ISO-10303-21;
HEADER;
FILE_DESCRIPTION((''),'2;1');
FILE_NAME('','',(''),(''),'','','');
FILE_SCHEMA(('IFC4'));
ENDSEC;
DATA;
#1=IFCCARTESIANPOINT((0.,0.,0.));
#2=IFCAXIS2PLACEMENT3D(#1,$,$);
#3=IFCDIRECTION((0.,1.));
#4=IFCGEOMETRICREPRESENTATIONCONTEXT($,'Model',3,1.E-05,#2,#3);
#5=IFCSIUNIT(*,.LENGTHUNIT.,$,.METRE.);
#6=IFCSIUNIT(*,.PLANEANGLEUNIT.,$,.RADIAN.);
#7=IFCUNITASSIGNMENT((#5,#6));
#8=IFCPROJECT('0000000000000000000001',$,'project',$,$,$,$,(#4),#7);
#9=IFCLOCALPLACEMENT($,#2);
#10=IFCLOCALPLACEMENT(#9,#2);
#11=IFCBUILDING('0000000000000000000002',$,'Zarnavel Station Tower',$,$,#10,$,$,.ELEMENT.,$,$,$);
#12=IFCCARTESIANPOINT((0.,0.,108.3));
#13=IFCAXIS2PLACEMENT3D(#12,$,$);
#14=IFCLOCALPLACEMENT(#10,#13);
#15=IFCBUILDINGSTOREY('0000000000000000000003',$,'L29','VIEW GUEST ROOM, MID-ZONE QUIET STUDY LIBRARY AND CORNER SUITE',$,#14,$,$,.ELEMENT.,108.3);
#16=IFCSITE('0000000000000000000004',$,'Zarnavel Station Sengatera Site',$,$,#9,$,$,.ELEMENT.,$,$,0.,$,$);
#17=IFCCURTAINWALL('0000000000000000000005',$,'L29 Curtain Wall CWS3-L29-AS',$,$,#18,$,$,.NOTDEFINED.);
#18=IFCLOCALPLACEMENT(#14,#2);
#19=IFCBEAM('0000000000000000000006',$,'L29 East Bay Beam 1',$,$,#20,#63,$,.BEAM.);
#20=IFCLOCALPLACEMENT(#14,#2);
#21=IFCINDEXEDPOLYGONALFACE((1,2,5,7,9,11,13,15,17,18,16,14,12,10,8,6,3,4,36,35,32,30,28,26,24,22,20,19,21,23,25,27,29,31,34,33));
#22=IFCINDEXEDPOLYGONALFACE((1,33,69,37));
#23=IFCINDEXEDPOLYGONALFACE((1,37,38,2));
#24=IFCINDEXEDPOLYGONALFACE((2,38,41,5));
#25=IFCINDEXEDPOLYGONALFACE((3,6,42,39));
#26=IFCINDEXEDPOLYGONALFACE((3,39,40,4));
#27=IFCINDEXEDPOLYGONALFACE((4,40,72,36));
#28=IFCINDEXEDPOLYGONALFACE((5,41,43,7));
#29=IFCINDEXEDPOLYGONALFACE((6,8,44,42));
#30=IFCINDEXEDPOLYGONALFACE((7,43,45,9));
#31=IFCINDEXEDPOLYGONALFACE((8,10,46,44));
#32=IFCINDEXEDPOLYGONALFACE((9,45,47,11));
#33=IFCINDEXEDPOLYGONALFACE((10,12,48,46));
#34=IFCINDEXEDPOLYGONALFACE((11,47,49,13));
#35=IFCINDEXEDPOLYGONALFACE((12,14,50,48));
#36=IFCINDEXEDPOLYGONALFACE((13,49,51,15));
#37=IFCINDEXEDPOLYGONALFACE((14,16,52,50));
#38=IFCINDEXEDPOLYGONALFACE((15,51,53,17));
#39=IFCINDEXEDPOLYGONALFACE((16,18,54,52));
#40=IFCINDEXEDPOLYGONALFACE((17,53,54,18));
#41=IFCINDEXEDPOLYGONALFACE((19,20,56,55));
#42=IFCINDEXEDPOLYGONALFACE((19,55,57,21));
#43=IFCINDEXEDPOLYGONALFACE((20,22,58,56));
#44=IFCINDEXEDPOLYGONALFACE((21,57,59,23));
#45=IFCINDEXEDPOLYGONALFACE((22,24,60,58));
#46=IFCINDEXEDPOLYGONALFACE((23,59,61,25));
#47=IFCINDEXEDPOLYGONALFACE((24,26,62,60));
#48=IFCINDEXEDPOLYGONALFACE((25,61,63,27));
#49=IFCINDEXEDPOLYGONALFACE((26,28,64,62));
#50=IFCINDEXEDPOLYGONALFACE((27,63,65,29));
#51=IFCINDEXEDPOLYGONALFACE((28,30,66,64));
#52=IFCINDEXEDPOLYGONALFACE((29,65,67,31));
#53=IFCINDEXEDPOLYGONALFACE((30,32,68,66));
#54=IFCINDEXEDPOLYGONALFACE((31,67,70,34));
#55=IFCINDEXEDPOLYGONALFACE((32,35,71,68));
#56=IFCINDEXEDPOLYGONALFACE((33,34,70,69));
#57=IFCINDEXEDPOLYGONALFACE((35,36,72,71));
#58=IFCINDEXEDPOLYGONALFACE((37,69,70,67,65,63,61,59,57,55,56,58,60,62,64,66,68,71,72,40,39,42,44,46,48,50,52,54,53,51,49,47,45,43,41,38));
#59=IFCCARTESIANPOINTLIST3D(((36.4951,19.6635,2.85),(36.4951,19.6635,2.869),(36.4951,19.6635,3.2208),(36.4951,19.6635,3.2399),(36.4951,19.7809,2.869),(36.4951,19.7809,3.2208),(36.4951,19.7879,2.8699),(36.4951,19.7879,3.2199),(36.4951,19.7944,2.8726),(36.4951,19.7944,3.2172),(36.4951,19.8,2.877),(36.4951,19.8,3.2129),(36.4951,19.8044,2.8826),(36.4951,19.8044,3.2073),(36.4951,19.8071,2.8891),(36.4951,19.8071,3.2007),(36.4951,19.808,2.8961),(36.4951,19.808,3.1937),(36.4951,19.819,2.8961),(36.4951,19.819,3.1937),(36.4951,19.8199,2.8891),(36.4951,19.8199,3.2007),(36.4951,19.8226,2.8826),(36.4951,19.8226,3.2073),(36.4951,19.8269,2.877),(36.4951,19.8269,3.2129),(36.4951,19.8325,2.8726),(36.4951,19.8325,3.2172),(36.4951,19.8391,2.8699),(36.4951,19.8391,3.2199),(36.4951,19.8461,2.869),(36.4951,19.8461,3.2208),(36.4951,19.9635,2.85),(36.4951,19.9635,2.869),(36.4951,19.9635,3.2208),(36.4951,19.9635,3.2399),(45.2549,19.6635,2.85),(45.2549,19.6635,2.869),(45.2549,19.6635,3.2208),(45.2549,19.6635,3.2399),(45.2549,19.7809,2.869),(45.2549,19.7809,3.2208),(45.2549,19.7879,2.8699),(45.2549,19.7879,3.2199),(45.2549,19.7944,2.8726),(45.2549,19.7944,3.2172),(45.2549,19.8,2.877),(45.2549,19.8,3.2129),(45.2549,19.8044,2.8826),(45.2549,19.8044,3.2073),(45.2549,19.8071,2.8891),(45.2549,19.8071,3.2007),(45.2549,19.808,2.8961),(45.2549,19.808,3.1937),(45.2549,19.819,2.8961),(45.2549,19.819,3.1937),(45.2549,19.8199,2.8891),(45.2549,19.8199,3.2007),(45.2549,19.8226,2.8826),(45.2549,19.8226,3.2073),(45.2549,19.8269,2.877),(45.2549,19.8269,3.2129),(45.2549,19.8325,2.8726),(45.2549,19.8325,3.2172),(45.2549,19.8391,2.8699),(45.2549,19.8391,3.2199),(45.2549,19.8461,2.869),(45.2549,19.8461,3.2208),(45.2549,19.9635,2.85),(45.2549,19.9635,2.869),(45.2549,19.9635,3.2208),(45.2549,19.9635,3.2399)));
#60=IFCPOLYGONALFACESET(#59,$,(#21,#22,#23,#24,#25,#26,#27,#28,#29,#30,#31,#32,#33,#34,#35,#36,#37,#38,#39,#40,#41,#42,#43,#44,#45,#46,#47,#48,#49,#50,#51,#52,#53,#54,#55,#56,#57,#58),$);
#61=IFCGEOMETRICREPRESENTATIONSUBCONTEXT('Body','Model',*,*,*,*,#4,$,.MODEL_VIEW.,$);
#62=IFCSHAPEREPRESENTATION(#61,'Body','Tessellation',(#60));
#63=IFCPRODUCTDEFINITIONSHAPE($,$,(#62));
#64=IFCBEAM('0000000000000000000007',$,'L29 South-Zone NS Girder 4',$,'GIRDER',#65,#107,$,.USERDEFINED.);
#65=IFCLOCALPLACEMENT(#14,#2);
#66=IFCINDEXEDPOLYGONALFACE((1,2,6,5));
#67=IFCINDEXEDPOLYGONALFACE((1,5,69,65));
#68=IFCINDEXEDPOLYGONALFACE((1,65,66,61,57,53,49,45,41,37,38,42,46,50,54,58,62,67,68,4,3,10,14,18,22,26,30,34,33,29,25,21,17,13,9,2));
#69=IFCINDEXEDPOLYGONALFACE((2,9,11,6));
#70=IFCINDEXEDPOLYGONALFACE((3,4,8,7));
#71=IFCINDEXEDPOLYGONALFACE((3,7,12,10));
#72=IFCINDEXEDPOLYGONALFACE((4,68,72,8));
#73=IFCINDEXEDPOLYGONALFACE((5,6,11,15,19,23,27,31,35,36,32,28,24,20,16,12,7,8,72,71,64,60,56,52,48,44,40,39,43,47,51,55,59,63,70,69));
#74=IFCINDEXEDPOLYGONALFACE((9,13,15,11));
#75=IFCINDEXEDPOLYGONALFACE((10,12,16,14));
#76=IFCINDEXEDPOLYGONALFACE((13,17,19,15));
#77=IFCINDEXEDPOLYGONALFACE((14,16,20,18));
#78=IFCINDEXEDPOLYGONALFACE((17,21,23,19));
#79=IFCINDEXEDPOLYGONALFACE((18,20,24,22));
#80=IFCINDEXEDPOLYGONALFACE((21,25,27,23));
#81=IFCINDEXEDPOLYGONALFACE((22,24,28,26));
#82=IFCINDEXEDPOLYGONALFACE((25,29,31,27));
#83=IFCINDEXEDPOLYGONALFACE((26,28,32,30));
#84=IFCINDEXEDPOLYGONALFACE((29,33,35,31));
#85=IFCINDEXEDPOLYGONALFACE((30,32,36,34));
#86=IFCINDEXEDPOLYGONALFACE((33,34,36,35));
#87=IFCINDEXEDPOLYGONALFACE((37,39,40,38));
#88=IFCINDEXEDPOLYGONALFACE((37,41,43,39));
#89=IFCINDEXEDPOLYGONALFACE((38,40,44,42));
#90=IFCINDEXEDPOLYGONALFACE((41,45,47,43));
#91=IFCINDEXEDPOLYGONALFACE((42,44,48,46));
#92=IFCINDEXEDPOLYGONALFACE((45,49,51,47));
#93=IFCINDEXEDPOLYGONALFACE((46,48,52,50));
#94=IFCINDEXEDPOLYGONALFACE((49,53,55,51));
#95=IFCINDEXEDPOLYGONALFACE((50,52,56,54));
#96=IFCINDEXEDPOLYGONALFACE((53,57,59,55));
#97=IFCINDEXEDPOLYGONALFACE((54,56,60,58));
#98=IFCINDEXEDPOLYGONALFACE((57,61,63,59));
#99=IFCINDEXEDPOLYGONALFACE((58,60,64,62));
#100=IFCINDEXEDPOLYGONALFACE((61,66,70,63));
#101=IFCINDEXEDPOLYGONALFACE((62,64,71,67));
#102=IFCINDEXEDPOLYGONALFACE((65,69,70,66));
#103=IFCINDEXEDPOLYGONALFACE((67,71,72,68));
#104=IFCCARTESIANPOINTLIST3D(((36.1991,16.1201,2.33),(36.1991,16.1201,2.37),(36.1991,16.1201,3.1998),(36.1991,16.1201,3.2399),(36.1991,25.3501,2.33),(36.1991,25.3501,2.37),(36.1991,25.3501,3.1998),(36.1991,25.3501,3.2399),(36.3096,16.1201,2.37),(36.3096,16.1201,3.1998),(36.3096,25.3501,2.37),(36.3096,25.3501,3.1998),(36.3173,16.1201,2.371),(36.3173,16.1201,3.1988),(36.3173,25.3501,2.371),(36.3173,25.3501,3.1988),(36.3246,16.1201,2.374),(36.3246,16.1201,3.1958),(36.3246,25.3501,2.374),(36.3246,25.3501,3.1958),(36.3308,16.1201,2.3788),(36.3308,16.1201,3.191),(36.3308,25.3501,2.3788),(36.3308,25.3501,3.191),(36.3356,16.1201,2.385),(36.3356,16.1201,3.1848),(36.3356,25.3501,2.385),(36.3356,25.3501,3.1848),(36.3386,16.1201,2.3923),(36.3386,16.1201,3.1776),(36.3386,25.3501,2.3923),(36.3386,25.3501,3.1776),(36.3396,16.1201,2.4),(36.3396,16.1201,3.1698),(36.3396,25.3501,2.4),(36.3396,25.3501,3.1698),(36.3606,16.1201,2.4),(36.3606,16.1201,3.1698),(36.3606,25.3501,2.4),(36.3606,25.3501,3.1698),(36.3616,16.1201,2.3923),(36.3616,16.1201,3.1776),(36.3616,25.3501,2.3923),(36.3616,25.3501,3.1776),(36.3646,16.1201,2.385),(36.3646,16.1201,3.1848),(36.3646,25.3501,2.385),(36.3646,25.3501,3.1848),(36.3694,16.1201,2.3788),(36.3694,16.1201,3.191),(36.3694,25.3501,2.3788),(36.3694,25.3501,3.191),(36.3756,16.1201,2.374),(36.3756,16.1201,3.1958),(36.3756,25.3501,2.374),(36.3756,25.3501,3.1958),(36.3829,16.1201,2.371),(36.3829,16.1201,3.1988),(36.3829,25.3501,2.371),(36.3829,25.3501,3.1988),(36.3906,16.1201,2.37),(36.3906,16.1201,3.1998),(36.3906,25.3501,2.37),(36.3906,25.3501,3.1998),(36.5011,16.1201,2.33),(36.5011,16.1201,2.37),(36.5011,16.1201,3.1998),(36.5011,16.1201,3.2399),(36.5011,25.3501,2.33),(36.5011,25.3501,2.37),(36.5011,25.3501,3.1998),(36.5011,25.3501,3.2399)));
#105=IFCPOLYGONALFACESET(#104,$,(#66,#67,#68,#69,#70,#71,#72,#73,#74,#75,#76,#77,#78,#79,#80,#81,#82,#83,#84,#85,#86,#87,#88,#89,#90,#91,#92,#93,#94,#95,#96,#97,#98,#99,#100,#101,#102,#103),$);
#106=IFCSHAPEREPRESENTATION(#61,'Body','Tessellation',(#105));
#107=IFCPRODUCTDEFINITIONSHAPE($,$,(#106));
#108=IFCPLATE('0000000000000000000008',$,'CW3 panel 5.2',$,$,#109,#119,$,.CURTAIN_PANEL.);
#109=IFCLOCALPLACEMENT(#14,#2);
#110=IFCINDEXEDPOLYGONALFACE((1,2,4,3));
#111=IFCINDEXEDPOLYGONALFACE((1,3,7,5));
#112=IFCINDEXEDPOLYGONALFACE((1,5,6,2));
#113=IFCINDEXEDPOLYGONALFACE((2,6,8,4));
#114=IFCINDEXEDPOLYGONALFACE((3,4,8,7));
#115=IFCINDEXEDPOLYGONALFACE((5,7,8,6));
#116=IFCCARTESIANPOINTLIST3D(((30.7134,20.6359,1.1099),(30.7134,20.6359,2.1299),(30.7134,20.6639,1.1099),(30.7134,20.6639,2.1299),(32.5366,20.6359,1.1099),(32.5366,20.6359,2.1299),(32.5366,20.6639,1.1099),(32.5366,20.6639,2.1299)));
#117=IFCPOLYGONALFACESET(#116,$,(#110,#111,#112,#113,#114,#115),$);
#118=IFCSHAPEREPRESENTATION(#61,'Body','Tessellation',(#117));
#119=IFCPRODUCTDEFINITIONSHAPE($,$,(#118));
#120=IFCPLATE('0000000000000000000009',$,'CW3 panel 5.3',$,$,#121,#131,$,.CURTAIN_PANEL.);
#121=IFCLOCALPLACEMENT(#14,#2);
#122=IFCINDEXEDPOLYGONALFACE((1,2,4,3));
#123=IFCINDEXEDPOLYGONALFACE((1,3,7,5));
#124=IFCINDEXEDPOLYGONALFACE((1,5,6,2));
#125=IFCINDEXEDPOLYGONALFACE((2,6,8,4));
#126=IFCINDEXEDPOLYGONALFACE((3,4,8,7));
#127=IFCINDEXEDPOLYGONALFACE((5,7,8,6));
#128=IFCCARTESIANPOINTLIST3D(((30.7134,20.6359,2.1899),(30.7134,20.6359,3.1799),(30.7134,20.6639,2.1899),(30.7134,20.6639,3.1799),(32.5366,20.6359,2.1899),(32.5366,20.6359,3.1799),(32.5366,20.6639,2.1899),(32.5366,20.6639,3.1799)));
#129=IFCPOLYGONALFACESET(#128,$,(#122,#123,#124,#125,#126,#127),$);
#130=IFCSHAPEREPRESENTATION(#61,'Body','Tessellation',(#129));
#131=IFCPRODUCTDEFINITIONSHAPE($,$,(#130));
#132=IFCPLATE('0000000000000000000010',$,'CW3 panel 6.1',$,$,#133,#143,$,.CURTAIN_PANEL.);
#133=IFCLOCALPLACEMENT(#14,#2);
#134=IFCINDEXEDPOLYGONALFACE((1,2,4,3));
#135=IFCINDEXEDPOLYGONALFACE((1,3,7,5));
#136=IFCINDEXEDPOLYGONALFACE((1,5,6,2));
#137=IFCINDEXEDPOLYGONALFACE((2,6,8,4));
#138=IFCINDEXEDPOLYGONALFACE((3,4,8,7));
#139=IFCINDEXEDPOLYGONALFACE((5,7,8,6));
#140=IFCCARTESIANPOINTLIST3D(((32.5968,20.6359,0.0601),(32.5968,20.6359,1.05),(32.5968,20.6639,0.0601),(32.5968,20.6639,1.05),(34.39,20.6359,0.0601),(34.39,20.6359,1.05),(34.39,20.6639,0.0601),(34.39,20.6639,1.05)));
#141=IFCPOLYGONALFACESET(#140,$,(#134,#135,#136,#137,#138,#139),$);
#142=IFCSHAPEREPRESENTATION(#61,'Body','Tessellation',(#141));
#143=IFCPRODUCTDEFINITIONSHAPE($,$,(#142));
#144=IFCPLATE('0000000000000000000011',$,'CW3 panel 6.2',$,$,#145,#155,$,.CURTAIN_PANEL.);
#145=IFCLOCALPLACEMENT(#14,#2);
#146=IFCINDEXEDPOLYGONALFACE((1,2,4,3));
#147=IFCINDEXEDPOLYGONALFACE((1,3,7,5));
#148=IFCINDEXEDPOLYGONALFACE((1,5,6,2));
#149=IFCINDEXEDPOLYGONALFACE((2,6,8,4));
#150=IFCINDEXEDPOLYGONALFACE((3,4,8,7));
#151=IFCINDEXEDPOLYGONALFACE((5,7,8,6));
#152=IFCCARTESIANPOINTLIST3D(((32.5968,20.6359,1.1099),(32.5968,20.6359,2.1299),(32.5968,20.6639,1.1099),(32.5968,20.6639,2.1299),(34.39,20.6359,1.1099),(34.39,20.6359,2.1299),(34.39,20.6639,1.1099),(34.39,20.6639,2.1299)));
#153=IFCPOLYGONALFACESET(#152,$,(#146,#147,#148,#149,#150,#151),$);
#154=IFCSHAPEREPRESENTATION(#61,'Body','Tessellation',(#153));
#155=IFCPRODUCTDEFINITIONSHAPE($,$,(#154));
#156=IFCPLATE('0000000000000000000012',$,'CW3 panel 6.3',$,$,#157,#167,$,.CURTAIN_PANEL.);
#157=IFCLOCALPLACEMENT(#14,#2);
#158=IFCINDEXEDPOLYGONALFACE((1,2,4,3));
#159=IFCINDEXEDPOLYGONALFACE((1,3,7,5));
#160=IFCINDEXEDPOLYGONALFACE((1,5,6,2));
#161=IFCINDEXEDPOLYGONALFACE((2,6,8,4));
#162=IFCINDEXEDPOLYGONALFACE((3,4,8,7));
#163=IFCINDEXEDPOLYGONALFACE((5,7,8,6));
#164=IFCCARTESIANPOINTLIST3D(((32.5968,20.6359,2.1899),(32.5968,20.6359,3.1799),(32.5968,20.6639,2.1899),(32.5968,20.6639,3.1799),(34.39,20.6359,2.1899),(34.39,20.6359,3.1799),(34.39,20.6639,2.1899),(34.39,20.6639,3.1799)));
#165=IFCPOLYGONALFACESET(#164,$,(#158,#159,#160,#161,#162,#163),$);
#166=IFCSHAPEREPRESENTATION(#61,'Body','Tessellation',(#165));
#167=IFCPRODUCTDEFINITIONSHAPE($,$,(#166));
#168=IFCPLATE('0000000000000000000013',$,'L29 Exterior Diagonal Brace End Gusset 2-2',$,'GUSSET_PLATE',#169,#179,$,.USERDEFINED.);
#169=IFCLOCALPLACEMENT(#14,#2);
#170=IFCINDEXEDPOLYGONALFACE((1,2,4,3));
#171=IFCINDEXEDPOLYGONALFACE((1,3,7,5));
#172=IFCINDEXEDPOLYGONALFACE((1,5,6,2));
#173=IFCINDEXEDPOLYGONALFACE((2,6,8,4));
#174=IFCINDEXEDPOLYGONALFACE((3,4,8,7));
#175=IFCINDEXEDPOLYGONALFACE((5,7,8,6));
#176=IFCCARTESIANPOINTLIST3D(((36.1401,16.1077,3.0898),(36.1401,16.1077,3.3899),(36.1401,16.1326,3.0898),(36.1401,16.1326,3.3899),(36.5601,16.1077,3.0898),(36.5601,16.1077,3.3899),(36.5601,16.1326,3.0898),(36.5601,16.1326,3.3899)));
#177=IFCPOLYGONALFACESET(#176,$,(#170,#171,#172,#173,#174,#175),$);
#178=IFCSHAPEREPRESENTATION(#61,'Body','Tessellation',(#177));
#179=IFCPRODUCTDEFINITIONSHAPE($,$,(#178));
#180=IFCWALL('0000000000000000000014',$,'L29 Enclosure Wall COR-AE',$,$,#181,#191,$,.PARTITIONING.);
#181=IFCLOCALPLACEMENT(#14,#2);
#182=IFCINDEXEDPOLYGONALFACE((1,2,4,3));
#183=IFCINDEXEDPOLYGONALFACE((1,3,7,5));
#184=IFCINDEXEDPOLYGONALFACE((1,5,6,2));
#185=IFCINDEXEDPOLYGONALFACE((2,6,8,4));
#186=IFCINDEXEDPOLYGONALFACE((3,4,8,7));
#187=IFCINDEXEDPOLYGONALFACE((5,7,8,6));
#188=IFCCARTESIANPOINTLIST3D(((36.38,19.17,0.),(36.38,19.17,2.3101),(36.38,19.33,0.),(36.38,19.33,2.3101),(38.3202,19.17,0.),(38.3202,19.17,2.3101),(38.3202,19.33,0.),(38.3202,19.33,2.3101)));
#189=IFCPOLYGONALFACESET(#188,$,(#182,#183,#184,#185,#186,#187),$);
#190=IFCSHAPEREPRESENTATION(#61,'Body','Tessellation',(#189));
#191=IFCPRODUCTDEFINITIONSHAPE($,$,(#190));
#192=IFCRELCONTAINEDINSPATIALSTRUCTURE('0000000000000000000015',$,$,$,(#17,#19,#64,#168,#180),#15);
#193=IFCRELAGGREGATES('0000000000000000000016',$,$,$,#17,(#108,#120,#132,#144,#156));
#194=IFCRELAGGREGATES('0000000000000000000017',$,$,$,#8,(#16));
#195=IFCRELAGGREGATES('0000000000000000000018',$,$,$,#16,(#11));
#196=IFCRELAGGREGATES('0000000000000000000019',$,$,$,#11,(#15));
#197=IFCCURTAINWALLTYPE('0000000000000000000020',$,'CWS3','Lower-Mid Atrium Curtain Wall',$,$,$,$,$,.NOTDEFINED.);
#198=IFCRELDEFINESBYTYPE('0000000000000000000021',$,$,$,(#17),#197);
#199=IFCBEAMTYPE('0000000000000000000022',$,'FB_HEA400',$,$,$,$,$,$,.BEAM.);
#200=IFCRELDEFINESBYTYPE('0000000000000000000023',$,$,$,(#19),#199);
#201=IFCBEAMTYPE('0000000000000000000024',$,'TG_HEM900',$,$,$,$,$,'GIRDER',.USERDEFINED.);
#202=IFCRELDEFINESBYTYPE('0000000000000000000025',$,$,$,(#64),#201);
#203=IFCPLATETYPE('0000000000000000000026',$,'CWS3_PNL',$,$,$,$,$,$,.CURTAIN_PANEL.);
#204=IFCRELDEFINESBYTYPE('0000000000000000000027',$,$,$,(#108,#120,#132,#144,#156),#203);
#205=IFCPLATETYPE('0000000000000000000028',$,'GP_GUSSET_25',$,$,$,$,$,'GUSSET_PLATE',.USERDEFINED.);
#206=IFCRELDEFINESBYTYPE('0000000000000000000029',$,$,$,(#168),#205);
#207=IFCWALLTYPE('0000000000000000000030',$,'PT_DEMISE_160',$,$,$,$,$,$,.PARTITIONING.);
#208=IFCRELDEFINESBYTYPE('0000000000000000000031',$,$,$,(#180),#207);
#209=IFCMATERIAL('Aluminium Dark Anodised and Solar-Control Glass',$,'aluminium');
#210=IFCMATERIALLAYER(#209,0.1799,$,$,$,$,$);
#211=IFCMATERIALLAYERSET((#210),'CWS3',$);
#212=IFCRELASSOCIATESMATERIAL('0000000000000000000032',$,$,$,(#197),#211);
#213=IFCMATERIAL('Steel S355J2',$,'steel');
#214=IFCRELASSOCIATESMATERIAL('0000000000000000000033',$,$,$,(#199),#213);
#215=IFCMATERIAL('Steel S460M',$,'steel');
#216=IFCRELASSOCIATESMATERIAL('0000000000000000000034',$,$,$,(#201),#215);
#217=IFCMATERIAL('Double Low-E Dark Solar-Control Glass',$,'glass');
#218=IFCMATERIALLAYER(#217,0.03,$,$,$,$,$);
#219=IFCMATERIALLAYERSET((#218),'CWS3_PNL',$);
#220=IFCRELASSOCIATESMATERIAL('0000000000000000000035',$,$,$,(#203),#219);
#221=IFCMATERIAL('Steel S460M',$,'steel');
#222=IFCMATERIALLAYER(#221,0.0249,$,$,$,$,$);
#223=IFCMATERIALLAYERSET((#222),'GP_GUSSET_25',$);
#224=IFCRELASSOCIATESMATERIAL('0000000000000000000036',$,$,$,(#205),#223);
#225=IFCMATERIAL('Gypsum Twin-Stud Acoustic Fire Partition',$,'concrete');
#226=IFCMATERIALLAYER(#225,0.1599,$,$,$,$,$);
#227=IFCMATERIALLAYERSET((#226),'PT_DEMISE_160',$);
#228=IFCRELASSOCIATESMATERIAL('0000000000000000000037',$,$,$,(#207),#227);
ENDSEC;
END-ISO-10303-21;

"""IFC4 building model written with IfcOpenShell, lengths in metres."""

from ifc_helpers import new_model, si_unit, direction, frame, frame_2d, origin, origin_2d, place, context, subcontext, project, spatial, rectangle, i_section, extrude, material, layer, layer_set, material_profile, profile_set, type_object, element, aggregate, save


model = new_model("IFC4")

# Units and contexts
model_context = context("Model", 3, precision=1e-05, world=origin(), true_north=direction((0.0, 1.0)))
body_context = subcontext(model_context, "Body", "Model", "MODEL_VIEW")
ifc_project = project(units=[si_unit("LENGTHUNIT", "METRE"), si_unit("PLANEANGLEUNIT", "RADIAN")], contexts=[model_context])

# Site, building, storey
site_placement = place(None, origin())
site = spatial("IfcSite", under=ifc_project, at=site_placement, Name="Zarnavel Station Sengatera Site", CompositionType="ELEMENT", RefElevation=0.0)
building_placement = place(site_placement, origin())
building = spatial("IfcBuilding", under=site, at=building_placement, Name="Zarnavel Station Tower", CompositionType="ELEMENT")
storey_placement = place(building_placement, frame((0.0, 0.0, 108.3)))
storey = spatial("IfcBuildingStorey", under=building, at=storey_placement, Name="L29", Description="VIEW GUEST ROOM, MID-ZONE QUIET STUDY LIBRARY AND CORNER SUITE", CompositionType="ELEMENT", Elevation=108.3)

# Curtain wall
ifc_material_1 = material(Name="Aluminium Dark Anodised and Solar-Control Glass", Category="aluminium")
ifc_layer_1 = layer(ifc_material_1, 0.1799)
ifc_layer_set_1 = layer_set([ifc_layer_1], Name="CWS3")
curtain_wall_type = type_object("IfcCurtainWallType", Name="CWS3", Description="Lower-Mid Atrium Curtain Wall", PredefinedType="NOTDEFINED", material=ifc_layer_set_1)
curtain_wall_placement = place(storey_placement, origin())
curtain_wall = element("IfcCurtainWall", 1, at=curtain_wall_placement, inside=storey, type_object=curtain_wall_type, Name="L29 Curtain Wall CWS3-L29-AS", PredefinedType="NOTDEFINED")

# Beams
ifc_material_2 = material(Name="Steel S355J2", Category="steel")
ifc_material_profile_1 = material_profile(ifc_material_2, i_section(OverallWidth=0.3, OverallDepth=0.3899, WebThickness=0.011, FlangeThickness=0.019, FilletRadius=0.0271, at=origin_2d()), Name="HEA400")
ifc_profile_set_1 = profile_set([ifc_material_profile_1], Name="Steel S355J2")
beam_type_1 = type_object("IfcBeamType", Name="FB_HEA400", PredefinedType="BEAM", material=ifc_profile_set_1)
beam_1_placement = place(storey_placement, frame((36.4951, 19.8135, 3.0449), z_axis=(1.0, 0.0, 0.0), x_axis=(0.0, 1.0, 0.0)))
element("IfcBeam", 2, at=beam_1_placement, inside=storey, type_object=beam_type_1, Name="L29 East Bay Beam 1", PredefinedType="BEAM", context=body_context, shape_type="SweptSolid", body=[
    extrude(i_section(OverallWidth=0.3, OverallDepth=0.3899, WebThickness=0.011, FlangeThickness=0.019, FilletRadius=0.0271, at=origin_2d()), origin(), (0.0, 0.0, 1.0), 8.7598),
])
ifc_material_3 = material(Name="Steel S460M", Category="steel")
ifc_material_profile_2 = material_profile(ifc_material_3, i_section(OverallWidth=0.302, OverallDepth=0.9099, WebThickness=0.021, FlangeThickness=0.04, FilletRadius=0.03, at=origin_2d()), Name="HEM900")
ifc_profile_set_2 = profile_set([ifc_material_profile_2], Name="Steel S460M")
beam_type_2 = type_object("IfcBeamType", Name="TG_HEM900", ElementType="GIRDER", PredefinedType="USERDEFINED", material=ifc_profile_set_2)
beam_2_placement = place(storey_placement, frame((36.3501, 16.1201, 2.7849), z_axis=(0.0, 1.0, 0.0), x_axis=(-1.0, 0.0, 0.0)))
element("IfcBeam", 3, at=beam_2_placement, inside=storey, type_object=beam_type_2, Name="L29 South-Zone NS Girder 4", ObjectType="GIRDER", PredefinedType="USERDEFINED", context=body_context, shape_type="SweptSolid", body=[
    extrude(i_section(OverallWidth=0.302, OverallDepth=0.9099, WebThickness=0.021, FlangeThickness=0.04, FilletRadius=0.03, at=origin_2d()), origin(), (0.0, 0.0, 1.0), 9.23),
])

# Plates
ifc_material_4 = material(Name="Double Low-E Dark Solar-Control Glass", Category="glass")
ifc_layer_2 = layer(ifc_material_4, 0.03)
ifc_layer_set_2 = layer_set([ifc_layer_2], Name="CWS3_PNL")
plate_type_1 = type_object("IfcPlateType", Name="CWS3_PNL", PredefinedType="CURTAIN_PANEL", material=ifc_layer_set_2)
plate_1_placement = place(storey_placement, frame((31.625, 20.6499, 1.1099), z_axis=(0.0, 0.0, 1.0), x_axis=(1.0, 0.0, 0.0)))
plate_1 = element("IfcPlate", 4, at=plate_1_placement, type_object=plate_type_1, Name="CW3 panel 5.2", PredefinedType="CURTAIN_PANEL", context=body_context, shape_type="SweptSolid", body=[
    extrude(rectangle(XDim=1.8232, YDim=0.0281, at=origin_2d()), origin(), (0.0, 0.0, 1.0), 1.02),
])
plate_2_placement = place(storey_placement, frame((31.625, 20.6499, 2.1899), z_axis=(0.0, 0.0, 1.0), x_axis=(1.0, 0.0, 0.0)))
plate_2 = element("IfcPlate", 5, at=plate_2_placement, type_object=plate_type_1, Name="CW3 panel 5.3", PredefinedType="CURTAIN_PANEL", context=body_context, shape_type="SweptSolid", body=[
    extrude(rectangle(XDim=1.8232, YDim=0.0281, at=origin_2d()), origin(), (0.0, 0.0, 1.0), 0.99),
])
plate_3_placement = place(storey_placement, frame((33.4934, 20.6499, 0.0601), z_axis=(0.0, 0.0, 1.0), x_axis=(1.0, 0.0, 0.0)))
plate_3 = element("IfcPlate", 6, at=plate_3_placement, type_object=plate_type_1, Name="CW3 panel 6.1", PredefinedType="CURTAIN_PANEL", context=body_context, shape_type="SweptSolid", body=[
    extrude(rectangle(XDim=1.7932, YDim=0.0281, at=origin_2d()), origin(), (0.0, 0.0, 1.0), 0.99),
])
plate_4_placement = place(storey_placement, frame((33.4934, 20.6499, 1.1099), z_axis=(0.0, 0.0, 1.0), x_axis=(1.0, 0.0, 0.0)))
plate_4 = element("IfcPlate", 7, at=plate_4_placement, type_object=plate_type_1, Name="CW3 panel 6.2", PredefinedType="CURTAIN_PANEL", context=body_context, shape_type="SweptSolid", body=[
    extrude(rectangle(XDim=1.7932, YDim=0.0281, at=origin_2d()), origin(), (0.0, 0.0, 1.0), 1.02),
])
plate_5_placement = place(storey_placement, frame((33.4934, 20.6499, 2.1899), z_axis=(0.0, 0.0, 1.0), x_axis=(1.0, 0.0, 0.0)))
plate_5 = element("IfcPlate", 8, at=plate_5_placement, type_object=plate_type_1, Name="CW3 panel 6.3", PredefinedType="CURTAIN_PANEL", context=body_context, shape_type="SweptSolid", body=[
    extrude(rectangle(XDim=1.7932, YDim=0.0281, at=origin_2d()), origin(), (0.0, 0.0, 1.0), 0.99),
])
aggregate(curtain_wall, [plate_1, plate_2, plate_3, plate_4, plate_5])
ifc_material_5 = material(Name="Steel S460M", Category="steel")
ifc_layer_3 = layer(ifc_material_5, 0.0249)
ifc_layer_set_3 = layer_set([ifc_layer_3], Name="GP_GUSSET_25")
plate_type_2 = type_object("IfcPlateType", Name="GP_GUSSET_25", ElementType="GUSSET_PLATE", PredefinedType="USERDEFINED", material=ifc_layer_set_3)
plate_6_placement = place(storey_placement, frame((36.3501, 16.1201, 3.0898), z_axis=(0.0, 0.0, 1.0), x_axis=(1.0, 0.0, 0.0)))
element("IfcPlate", 9, at=plate_6_placement, inside=storey, type_object=plate_type_2, Name="L29 Exterior Diagonal Brace End Gusset 2-2", ObjectType="GUSSET_PLATE", PredefinedType="USERDEFINED", context=body_context, shape_type="SweptSolid", body=[
    extrude(rectangle(XDim=0.4199, YDim=0.0249, at=origin_2d()), origin(), (0.0, 0.0, 1.0), 0.3),
])

# Wall
ifc_material_6 = material(Name="Gypsum Twin-Stud Acoustic Fire Partition", Category="concrete")
ifc_layer_4 = layer(ifc_material_6, 0.1599)
ifc_layer_set_4 = layer_set([ifc_layer_4], Name="PT_DEMISE_160")
wall_type_1 = type_object("IfcWallType", Name="PT_DEMISE_160", PredefinedType="PARTITIONING", material=ifc_layer_set_4)
wall_1_placement = place(storey_placement, frame((36.3799, 19.25, 0.0), z_axis=(0.0, 0.0, 1.0), x_axis=(1.0, 0.0, 0.0)))
element("IfcWall", 10, at=wall_1_placement, inside=storey, type_object=wall_type_1, Name="L29 Enclosure Wall COR-AE", PredefinedType="PARTITIONING", context=body_context, shape_type="SweptSolid", body=[
    extrude(rectangle(XDim=1.9402, YDim=0.1599, at=frame_2d((0.9702, 0.0))), origin(), (0.0, 0.0, 1.0), 2.3101),
])

save(model, "model.ifc")
